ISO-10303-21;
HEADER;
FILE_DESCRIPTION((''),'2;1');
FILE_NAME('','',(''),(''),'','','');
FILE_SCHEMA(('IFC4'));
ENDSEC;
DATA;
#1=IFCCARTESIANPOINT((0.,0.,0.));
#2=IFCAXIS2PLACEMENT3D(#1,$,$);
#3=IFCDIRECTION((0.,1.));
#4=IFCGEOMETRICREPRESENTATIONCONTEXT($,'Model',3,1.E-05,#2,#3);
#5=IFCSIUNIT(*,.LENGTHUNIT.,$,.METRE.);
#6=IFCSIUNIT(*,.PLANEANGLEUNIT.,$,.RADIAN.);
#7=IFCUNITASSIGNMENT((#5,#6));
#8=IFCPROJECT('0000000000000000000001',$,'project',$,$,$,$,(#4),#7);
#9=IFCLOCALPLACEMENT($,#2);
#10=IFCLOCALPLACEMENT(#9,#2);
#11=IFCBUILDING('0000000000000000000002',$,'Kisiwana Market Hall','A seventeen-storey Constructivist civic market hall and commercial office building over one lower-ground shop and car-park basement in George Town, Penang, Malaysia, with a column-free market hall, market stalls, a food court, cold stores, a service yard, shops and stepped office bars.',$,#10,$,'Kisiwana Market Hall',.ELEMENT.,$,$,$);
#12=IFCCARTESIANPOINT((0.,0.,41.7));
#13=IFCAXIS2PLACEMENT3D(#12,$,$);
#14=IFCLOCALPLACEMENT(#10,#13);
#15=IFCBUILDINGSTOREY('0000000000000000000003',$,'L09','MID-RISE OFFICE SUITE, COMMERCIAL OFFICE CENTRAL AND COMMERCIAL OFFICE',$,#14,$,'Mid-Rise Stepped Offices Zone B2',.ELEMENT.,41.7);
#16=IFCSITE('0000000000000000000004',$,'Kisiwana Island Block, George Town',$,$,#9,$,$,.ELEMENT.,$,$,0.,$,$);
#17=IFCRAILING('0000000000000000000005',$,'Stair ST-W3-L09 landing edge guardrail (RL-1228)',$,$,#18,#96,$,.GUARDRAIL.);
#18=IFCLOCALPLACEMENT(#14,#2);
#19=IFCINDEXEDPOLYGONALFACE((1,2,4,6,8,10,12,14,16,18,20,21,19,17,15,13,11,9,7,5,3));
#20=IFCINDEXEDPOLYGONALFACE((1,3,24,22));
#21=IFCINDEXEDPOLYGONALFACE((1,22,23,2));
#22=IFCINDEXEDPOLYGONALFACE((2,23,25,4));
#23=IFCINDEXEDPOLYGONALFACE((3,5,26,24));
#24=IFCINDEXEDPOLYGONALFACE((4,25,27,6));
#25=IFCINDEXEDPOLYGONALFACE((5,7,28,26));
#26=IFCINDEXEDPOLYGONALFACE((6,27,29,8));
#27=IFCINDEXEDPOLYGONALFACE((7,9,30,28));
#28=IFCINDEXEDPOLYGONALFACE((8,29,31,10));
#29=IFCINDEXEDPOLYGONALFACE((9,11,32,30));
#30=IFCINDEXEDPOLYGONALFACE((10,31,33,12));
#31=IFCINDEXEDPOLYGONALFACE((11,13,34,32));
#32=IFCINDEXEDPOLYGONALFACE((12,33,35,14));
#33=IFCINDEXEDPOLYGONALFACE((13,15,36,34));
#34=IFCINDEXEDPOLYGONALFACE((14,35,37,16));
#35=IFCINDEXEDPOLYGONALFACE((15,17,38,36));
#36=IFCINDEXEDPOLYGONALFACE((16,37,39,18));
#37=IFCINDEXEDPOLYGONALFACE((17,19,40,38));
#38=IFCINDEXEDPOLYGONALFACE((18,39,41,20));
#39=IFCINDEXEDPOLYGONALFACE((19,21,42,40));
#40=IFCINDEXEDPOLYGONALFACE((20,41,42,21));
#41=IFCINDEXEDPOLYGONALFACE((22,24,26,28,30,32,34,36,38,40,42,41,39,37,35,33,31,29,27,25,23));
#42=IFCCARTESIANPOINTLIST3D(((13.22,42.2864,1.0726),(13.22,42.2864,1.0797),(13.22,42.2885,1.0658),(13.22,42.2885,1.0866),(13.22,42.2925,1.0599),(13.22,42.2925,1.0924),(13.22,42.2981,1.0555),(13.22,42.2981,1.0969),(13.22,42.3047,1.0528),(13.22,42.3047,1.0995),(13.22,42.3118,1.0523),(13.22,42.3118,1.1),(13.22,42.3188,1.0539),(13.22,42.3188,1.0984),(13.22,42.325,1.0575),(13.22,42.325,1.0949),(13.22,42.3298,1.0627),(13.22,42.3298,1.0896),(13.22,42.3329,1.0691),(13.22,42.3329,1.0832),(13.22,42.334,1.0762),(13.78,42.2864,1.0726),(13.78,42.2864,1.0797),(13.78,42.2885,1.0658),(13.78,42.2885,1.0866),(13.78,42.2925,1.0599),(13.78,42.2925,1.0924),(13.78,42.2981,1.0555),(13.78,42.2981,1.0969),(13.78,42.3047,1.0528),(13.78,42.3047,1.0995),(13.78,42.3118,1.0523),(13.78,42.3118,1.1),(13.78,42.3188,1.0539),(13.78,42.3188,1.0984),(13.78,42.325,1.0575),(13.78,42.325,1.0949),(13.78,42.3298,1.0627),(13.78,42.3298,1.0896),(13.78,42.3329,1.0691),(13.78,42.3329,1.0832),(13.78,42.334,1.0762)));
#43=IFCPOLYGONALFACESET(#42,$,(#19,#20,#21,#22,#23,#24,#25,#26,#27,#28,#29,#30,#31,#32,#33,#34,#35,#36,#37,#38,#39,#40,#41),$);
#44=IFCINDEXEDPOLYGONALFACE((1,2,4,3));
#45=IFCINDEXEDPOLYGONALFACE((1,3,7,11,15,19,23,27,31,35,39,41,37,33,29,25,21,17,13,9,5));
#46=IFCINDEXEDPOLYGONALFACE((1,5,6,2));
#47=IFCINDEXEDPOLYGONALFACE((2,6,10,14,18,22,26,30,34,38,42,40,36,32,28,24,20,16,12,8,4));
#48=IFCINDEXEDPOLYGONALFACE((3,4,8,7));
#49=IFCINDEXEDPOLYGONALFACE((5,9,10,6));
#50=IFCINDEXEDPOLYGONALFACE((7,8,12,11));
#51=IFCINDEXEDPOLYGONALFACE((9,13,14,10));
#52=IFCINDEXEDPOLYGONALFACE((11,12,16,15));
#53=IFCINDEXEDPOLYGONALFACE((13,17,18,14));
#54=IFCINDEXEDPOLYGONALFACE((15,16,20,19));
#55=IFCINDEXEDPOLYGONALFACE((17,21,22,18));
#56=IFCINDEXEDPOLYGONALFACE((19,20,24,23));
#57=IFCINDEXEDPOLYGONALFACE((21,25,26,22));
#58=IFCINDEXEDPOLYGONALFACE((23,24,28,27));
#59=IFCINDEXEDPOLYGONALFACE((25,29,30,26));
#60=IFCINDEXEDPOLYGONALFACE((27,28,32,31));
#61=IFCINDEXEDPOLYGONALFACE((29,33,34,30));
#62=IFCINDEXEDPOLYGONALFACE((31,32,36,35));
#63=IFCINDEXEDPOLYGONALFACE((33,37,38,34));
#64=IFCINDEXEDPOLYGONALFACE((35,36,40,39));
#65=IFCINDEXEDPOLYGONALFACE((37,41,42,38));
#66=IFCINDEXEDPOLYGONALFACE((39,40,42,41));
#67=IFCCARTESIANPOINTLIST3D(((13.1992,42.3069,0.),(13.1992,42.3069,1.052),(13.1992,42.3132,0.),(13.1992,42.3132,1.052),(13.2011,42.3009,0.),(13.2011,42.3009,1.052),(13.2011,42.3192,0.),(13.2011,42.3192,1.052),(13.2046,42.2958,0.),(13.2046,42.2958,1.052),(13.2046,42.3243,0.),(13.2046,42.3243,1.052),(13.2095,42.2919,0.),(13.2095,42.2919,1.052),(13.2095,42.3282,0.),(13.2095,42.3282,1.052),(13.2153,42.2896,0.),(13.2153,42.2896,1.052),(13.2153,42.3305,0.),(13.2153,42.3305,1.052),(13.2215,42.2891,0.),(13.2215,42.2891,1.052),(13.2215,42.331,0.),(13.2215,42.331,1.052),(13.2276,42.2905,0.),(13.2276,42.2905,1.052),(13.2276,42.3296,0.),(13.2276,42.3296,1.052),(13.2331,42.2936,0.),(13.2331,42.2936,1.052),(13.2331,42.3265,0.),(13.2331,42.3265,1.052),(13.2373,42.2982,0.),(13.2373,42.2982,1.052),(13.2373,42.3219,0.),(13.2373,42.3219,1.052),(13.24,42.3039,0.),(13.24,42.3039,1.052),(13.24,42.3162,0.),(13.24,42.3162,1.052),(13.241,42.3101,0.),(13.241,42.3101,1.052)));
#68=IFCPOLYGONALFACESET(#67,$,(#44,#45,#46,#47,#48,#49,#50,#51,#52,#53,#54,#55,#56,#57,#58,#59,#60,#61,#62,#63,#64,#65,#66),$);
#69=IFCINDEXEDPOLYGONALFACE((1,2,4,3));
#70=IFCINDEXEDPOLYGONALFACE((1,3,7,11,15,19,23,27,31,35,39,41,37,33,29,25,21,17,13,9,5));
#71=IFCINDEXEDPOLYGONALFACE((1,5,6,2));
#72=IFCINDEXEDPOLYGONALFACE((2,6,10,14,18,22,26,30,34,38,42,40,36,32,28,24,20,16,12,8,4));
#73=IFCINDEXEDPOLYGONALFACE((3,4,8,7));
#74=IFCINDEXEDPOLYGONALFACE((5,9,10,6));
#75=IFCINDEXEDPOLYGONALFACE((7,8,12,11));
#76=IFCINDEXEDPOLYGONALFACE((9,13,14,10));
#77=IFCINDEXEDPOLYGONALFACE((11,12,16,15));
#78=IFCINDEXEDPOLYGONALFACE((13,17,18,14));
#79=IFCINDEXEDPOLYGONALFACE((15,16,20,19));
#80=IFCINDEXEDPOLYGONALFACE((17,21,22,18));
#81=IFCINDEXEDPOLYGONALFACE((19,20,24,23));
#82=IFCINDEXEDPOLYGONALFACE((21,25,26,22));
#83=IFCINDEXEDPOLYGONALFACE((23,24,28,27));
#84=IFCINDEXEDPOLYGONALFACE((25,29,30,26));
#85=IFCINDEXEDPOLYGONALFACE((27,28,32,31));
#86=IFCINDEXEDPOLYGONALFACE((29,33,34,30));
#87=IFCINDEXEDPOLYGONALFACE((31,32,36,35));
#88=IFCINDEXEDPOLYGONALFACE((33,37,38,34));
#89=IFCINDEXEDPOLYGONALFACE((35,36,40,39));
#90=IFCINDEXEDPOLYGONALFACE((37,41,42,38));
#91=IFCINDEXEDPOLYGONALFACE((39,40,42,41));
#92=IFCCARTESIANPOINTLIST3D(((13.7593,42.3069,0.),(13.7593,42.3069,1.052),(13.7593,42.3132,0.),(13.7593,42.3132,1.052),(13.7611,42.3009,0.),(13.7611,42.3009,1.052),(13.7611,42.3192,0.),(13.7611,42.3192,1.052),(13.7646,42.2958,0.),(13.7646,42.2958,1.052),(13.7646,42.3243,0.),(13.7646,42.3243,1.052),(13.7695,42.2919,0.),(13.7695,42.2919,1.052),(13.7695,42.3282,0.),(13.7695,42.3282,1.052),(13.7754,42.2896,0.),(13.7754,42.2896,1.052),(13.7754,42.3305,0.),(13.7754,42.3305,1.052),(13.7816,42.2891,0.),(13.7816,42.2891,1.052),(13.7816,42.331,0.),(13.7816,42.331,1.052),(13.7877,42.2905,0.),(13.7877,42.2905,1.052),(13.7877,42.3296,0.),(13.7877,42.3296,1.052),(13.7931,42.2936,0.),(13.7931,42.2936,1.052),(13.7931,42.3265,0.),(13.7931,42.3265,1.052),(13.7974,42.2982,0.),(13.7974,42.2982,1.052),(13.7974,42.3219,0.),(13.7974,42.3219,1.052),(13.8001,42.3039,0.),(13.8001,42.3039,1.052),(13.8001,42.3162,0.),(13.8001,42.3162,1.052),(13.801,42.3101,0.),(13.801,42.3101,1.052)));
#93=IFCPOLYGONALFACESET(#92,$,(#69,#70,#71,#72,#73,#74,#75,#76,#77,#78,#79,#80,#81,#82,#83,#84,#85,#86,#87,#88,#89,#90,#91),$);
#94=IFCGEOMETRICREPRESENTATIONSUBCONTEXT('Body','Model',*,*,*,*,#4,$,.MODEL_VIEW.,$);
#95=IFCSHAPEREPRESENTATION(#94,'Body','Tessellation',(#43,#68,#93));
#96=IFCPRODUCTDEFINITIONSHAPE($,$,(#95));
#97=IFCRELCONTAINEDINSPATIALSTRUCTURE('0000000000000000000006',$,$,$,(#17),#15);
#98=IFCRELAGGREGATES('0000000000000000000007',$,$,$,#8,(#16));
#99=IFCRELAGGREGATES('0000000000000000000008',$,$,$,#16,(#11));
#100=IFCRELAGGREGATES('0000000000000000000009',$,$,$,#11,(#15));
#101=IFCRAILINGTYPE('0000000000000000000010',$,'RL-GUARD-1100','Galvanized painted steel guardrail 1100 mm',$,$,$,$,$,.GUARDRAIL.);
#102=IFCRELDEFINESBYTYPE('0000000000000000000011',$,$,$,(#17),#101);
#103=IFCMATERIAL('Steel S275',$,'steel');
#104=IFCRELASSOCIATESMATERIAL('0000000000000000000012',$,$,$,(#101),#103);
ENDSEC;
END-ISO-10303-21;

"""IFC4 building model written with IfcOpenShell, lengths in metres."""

from ifc_helpers import new_model, si_unit, direction, frame, origin, origin_2d, place, context, subcontext, project, spatial, circle, extrude, material, type_object, element, save


model = new_model("IFC4")

# Units and contexts
model_context = context("Model", 3, precision=1e-05, world=origin(), true_north=direction((0.0, 1.0)))
body_context = subcontext(model_context, "Body", "Model", "MODEL_VIEW")
ifc_project = project(units=[si_unit("LENGTHUNIT", "METRE"), si_unit("PLANEANGLEUNIT", "RADIAN")], contexts=[model_context])

# Site, building, storey
site_placement = place(None, origin())
site = spatial("IfcSite", under=ifc_project, at=site_placement, Name="Kisiwana Island Block, George Town", CompositionType="ELEMENT", RefElevation=0.0)
building_placement = place(site_placement, origin())
building = spatial("IfcBuilding", under=site, at=building_placement, Name="Kisiwana Market Hall", Description="A seventeen-storey Constructivist civic market hall and commercial office building over one lower-ground shop and car-park basement in George Town, Penang, Malaysia, with a column-free market hall, market stalls, a food court, cold stores, a service yard, shops and stepped office bars.", LongName="Kisiwana Market Hall", CompositionType="ELEMENT")
storey_placement = place(building_placement, frame((0.0, 0.0, 41.7)))
storey = spatial("IfcBuildingStorey", under=building, at=storey_placement, Name="L09", Description="MID-RISE OFFICE SUITE, COMMERCIAL OFFICE CENTRAL AND COMMERCIAL OFFICE", LongName="Mid-Rise Stepped Offices Zone B2", CompositionType="ELEMENT", Elevation=41.7)

# Railing
ifc_material_1 = material(Name="Steel S275", Category="steel")
railing_type_1 = type_object("IfcRailingType", Name="RL-GUARD-1100", Description="Galvanized painted steel guardrail 1100 mm", PredefinedType="GUARDRAIL", material=ifc_material_1)
railing_1_placement = place(storey_placement, frame((13.22, 42.3101, 0.0)))
element("IfcRailing", 1, at=railing_1_placement, inside=storey, type_object=railing_type_1, Name="Stair ST-W3-L09 landing edge guardrail (RL-1228)", PredefinedType="GUARDRAIL", context=body_context, shape_type="SweptSolid", body=[
    extrude(circle(Radius=0.0239, at=origin_2d()), frame((0.0, 0.0, 1.0762), z_axis=(1.0, 0.0, 0.0), x_axis=(0.0, 1.0, 0.0)), (0.0, 0.0, 1.0), 0.5601),
    extrude(circle(Radius=0.021, at=origin_2d()), origin(), (0.0, 0.0, 1.0), 1.052),
    extrude(circle(Radius=0.021, at=origin_2d()), frame((0.5601, 0.0, 0.0)), (0.0, 0.0, 1.0), 1.052),
])

save(model, "model.ifc")
